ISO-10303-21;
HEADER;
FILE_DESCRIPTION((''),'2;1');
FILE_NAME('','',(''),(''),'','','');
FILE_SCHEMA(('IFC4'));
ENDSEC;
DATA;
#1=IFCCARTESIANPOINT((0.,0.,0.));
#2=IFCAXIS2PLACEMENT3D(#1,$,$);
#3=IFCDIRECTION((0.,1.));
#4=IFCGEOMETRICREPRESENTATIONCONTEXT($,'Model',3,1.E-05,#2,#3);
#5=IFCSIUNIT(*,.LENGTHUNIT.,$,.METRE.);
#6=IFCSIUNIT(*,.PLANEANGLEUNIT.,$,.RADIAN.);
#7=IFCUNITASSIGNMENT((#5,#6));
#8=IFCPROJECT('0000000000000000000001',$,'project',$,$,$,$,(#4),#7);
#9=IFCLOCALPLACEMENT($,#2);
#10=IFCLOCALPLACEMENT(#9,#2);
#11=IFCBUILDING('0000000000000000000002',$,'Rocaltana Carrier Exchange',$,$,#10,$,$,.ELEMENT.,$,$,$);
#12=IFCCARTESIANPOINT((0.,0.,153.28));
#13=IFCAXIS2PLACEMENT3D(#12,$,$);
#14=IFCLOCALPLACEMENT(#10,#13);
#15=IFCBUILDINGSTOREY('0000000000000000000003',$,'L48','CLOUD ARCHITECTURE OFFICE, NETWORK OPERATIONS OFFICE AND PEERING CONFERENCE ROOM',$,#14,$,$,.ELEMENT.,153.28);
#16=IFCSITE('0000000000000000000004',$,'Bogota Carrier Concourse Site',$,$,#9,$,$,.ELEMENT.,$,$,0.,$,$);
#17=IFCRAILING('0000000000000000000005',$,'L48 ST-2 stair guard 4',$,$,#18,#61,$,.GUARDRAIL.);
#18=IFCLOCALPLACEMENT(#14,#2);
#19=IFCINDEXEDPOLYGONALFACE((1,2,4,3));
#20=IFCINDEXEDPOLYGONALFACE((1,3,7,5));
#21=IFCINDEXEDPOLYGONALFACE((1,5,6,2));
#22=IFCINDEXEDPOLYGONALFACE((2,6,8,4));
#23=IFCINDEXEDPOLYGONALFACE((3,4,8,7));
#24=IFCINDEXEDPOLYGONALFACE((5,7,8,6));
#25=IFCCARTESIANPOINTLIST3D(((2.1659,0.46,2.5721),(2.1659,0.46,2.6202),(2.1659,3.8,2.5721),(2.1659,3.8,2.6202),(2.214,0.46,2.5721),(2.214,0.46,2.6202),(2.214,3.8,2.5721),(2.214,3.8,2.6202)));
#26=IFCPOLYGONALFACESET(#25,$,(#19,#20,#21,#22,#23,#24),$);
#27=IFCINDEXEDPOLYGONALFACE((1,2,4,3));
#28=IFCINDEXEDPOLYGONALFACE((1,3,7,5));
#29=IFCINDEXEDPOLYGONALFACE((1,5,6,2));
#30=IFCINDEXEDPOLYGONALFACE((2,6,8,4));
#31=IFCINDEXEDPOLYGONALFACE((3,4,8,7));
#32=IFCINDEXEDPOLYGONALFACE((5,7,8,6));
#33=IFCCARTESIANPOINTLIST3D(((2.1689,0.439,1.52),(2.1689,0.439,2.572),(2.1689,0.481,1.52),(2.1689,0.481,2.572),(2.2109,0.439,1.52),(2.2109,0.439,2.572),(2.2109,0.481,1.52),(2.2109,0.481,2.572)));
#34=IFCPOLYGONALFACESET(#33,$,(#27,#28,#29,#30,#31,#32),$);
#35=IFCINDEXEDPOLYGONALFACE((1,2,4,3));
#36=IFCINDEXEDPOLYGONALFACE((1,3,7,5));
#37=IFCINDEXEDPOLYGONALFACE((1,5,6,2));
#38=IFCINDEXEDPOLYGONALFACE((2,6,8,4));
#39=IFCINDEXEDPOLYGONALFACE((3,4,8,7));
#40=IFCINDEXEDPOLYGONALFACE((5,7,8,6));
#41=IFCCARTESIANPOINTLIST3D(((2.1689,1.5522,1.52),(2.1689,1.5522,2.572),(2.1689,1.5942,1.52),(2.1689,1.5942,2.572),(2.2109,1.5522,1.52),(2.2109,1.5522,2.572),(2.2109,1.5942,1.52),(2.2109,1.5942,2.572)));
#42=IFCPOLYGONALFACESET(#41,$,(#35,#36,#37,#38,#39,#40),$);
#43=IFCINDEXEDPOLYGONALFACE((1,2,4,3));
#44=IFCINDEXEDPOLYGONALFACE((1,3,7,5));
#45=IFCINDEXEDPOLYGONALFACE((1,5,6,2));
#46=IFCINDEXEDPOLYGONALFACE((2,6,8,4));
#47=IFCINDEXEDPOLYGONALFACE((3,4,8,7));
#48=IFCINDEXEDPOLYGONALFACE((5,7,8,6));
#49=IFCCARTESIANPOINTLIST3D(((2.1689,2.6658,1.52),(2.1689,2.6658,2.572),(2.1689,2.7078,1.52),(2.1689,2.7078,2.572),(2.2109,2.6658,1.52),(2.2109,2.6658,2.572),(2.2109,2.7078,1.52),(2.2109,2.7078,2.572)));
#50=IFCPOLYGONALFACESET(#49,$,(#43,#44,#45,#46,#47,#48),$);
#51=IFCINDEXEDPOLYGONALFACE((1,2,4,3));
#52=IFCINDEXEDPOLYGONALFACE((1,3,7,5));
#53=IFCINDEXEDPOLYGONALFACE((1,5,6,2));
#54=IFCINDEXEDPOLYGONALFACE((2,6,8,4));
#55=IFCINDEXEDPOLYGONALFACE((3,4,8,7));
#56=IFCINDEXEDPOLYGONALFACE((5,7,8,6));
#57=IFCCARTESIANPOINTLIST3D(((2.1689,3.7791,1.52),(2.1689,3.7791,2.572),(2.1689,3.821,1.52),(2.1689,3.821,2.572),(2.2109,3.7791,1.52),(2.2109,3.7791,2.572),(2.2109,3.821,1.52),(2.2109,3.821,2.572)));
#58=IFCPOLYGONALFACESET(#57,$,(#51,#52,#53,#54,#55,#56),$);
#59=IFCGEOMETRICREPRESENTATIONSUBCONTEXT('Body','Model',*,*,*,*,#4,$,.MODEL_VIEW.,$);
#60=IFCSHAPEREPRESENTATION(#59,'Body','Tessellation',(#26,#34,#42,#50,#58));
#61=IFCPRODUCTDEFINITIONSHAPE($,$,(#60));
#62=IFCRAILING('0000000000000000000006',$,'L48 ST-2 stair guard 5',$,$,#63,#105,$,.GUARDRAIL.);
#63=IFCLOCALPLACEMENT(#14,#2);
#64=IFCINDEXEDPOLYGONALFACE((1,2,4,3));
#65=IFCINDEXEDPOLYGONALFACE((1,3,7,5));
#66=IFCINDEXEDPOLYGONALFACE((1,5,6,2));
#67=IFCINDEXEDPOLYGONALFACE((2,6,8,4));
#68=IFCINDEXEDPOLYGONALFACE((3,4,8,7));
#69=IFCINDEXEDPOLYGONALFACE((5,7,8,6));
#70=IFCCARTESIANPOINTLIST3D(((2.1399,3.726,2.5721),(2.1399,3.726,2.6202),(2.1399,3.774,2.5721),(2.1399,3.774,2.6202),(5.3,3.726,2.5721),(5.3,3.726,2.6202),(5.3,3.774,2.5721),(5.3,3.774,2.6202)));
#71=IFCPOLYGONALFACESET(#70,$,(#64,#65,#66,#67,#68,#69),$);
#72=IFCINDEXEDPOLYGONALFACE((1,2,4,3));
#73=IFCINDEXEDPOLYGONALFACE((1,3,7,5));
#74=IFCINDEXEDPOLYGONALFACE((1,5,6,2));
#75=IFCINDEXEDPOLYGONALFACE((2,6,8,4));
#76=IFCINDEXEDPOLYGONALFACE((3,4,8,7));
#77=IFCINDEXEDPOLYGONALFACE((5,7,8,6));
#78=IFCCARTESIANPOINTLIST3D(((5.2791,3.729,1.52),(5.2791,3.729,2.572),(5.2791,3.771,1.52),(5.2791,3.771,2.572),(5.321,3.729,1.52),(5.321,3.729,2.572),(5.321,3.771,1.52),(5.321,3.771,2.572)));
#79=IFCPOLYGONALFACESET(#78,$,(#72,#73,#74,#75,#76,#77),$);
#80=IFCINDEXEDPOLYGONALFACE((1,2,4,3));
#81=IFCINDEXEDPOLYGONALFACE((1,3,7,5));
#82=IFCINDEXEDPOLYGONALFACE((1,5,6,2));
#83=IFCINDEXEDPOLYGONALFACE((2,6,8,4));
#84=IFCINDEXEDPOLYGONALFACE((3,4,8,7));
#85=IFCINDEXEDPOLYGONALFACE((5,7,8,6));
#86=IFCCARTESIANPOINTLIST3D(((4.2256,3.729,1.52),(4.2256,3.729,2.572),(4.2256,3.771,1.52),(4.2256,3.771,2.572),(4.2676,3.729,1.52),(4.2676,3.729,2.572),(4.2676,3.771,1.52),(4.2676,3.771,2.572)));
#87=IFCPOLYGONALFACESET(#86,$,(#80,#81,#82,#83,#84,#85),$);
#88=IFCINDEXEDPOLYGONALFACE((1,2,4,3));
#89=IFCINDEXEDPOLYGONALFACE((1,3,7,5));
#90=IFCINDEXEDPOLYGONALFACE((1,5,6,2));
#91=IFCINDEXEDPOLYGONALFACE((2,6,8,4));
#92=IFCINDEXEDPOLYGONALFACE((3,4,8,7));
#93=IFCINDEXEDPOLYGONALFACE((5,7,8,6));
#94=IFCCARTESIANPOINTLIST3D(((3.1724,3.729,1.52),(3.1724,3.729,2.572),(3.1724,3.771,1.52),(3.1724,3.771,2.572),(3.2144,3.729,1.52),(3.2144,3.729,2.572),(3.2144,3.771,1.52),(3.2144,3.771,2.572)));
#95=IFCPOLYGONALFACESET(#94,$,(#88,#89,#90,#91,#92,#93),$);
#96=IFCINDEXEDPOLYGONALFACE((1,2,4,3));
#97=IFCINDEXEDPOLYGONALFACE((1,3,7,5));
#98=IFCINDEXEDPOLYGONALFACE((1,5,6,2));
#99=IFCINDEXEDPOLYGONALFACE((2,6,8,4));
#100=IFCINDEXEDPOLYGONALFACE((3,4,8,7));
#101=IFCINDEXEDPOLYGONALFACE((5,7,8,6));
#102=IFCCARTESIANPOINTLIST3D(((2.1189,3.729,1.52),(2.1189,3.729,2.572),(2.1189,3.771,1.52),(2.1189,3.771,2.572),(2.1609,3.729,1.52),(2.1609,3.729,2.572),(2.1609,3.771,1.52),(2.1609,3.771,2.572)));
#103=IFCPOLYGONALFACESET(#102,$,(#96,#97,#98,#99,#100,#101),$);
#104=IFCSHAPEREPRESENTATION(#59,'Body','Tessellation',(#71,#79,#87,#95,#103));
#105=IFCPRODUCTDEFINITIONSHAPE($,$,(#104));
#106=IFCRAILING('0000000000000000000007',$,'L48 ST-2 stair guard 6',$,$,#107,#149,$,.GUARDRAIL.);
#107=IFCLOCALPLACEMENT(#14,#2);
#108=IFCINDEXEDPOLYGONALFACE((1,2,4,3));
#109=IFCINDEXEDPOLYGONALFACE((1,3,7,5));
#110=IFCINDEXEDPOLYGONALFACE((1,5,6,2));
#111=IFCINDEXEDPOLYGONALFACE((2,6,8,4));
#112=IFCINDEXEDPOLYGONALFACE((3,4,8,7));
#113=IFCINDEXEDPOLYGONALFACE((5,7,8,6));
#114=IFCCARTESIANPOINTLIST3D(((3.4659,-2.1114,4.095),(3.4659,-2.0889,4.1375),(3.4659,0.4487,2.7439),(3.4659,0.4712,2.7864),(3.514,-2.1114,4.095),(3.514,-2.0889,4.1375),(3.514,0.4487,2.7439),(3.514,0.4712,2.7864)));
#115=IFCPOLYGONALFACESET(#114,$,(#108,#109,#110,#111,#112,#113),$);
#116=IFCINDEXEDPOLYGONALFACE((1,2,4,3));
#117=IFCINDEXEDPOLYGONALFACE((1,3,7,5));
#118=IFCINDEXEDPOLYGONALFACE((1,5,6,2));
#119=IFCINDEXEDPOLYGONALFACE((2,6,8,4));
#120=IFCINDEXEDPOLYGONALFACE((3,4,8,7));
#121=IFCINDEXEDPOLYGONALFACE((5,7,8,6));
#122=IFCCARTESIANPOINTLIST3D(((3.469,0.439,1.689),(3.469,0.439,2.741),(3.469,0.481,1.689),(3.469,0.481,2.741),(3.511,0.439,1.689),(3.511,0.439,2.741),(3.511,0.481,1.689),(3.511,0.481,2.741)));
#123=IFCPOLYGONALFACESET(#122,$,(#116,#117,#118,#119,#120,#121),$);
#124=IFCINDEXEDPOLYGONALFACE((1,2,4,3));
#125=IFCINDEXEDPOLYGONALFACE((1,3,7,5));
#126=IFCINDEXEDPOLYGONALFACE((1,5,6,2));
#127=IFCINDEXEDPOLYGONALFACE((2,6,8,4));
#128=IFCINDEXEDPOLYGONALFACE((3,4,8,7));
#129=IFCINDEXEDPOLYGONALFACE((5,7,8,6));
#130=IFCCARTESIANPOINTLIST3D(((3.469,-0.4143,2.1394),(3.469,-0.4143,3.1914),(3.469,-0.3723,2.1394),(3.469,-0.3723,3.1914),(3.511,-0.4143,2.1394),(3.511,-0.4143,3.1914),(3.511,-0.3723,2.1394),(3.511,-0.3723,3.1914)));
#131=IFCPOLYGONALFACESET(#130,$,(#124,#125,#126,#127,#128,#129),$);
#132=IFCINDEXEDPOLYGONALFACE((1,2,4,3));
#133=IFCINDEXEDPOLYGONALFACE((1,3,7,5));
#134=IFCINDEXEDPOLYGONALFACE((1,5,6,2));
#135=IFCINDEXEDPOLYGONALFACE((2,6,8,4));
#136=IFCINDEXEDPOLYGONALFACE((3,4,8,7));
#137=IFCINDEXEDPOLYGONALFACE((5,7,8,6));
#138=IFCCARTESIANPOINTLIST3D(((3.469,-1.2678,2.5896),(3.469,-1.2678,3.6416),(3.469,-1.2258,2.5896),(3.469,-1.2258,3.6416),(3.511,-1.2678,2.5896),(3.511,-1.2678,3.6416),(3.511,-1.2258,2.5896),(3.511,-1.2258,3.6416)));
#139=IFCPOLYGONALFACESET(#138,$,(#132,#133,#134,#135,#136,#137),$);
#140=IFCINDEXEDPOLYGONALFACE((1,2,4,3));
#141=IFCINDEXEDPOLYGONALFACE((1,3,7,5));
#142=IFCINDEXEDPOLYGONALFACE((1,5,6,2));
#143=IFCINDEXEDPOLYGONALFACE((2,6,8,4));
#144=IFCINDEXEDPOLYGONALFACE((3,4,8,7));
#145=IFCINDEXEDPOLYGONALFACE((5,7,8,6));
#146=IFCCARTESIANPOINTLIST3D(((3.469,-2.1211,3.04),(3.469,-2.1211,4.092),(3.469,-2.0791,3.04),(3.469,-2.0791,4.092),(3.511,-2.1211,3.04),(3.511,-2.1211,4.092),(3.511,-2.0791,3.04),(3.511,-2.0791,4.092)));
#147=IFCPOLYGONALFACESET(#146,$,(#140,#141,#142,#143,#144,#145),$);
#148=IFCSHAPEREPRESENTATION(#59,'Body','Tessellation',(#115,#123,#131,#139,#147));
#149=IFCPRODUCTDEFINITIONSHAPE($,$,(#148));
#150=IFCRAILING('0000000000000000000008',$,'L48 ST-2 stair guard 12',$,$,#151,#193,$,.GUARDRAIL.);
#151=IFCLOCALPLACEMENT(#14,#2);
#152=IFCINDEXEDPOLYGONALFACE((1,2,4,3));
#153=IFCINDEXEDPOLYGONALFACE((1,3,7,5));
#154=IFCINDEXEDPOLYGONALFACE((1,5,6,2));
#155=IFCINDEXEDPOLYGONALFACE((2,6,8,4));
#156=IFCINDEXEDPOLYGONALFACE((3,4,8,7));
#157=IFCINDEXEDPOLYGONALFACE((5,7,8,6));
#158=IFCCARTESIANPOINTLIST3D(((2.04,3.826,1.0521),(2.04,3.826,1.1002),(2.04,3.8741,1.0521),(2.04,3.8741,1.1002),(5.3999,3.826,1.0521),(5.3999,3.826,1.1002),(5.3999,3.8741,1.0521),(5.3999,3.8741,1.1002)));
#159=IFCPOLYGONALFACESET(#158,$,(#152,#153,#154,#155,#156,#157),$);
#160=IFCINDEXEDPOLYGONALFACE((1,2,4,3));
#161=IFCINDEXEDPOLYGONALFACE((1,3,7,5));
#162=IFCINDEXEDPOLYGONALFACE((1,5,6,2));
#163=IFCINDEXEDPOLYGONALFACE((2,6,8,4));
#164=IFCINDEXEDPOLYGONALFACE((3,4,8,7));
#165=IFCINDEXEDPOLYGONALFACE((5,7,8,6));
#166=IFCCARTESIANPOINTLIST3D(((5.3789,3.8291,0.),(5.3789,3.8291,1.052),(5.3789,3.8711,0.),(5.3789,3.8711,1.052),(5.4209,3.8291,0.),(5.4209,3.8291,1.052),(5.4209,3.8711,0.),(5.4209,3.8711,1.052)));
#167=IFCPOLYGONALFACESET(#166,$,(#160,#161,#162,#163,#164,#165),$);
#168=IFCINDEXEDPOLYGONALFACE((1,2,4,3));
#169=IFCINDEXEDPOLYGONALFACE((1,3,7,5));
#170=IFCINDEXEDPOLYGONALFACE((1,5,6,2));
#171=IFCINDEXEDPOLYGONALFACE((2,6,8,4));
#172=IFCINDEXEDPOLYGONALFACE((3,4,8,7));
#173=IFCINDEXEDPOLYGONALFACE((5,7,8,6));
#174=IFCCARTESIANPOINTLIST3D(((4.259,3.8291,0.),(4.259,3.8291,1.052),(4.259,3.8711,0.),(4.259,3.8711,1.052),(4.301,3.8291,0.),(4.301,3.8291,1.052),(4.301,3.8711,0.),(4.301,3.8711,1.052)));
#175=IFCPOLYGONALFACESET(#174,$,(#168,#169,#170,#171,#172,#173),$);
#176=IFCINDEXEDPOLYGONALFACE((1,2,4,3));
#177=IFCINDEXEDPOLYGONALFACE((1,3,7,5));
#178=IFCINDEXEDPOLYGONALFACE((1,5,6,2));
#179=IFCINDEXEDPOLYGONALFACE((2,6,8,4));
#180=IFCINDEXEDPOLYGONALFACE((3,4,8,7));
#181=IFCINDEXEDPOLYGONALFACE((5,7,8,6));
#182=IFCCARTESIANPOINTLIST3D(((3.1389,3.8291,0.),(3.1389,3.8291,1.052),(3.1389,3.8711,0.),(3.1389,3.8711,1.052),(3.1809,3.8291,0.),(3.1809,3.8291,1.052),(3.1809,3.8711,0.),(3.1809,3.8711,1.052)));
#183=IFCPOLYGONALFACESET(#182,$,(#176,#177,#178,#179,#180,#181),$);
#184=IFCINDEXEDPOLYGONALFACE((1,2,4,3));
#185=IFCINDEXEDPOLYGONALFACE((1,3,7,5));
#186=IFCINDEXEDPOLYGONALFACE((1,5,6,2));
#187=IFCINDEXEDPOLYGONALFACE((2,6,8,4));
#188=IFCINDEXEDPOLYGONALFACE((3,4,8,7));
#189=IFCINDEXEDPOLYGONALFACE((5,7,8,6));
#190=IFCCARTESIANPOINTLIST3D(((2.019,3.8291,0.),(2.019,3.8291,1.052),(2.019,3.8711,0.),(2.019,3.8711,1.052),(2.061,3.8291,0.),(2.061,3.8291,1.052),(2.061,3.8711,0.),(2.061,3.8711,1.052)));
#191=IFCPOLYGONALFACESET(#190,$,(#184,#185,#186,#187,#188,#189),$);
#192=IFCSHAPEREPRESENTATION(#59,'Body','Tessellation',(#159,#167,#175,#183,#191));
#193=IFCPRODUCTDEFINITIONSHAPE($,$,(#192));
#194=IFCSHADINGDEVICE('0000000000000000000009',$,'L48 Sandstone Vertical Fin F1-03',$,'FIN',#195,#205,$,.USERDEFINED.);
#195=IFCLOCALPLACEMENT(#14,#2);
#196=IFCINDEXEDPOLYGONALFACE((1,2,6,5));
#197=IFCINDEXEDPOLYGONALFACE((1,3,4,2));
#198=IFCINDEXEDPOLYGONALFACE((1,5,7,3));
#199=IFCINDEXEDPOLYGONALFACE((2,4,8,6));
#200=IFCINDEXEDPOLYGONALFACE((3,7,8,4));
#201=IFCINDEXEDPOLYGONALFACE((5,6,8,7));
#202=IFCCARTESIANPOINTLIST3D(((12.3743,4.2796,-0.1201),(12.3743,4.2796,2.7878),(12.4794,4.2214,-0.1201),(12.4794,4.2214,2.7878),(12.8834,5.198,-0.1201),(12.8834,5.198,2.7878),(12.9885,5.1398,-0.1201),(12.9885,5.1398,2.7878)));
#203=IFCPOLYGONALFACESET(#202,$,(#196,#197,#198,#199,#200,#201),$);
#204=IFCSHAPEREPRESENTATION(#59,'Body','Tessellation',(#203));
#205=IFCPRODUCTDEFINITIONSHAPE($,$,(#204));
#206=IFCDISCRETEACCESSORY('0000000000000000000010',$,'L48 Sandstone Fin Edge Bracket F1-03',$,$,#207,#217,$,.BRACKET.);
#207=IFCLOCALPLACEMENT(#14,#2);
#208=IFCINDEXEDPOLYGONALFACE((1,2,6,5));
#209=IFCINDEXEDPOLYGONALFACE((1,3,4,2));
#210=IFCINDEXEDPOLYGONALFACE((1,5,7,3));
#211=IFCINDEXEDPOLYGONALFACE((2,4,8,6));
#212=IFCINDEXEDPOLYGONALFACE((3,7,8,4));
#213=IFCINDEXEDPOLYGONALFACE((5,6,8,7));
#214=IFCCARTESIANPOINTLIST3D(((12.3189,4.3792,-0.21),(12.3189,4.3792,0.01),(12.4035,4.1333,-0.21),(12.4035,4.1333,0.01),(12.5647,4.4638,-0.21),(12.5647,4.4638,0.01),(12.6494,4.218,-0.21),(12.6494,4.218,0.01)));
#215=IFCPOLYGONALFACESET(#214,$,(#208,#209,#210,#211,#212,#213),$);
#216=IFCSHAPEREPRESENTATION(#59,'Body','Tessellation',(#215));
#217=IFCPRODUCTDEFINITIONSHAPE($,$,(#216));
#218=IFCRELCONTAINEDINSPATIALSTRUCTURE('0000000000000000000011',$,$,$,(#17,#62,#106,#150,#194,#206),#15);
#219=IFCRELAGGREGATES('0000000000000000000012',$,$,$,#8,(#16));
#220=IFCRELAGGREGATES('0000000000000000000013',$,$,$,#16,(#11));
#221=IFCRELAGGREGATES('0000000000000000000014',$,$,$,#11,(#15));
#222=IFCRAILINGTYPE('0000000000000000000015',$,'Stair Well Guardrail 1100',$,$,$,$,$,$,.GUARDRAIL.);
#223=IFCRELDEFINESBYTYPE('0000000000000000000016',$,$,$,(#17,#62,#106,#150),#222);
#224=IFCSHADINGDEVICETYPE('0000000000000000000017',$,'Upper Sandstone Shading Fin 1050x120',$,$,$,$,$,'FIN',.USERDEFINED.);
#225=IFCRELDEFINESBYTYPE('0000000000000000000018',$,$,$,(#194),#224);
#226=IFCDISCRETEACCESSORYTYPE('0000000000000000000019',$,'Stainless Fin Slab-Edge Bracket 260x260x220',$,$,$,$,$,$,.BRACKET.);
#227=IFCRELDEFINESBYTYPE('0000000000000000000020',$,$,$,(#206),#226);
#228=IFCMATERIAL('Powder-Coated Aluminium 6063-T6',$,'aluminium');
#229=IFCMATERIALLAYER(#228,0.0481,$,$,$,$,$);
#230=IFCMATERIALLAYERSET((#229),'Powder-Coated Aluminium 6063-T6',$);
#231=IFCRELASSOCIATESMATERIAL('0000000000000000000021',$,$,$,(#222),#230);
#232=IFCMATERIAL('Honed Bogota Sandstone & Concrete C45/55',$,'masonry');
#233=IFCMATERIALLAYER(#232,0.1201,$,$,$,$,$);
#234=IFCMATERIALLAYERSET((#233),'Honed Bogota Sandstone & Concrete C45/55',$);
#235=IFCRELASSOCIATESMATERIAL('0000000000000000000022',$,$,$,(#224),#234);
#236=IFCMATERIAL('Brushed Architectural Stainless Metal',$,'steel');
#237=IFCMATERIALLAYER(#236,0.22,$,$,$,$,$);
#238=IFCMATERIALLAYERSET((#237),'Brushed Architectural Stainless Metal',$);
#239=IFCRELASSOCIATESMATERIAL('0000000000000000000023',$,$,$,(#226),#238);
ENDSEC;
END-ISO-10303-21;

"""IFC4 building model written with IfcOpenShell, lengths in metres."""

from ifc_helpers import new_model, si_unit, direction, frame, origin, origin_2d, place, context, subcontext, project, spatial, rectangle, extrude, material, layer, layer_set, type_object, element, save


model = new_model("IFC4")

# Units and contexts
model_context = context("Model", 3, precision=1e-05, world=origin(), true_north=direction((0.0, 1.0)))
body_context = subcontext(model_context, "Body", "Model", "MODEL_VIEW")
ifc_project = project(units=[si_unit("LENGTHUNIT", "METRE"), si_unit("PLANEANGLEUNIT", "RADIAN")], contexts=[model_context])

# Site, building, storey
site_placement = place(None, origin())
site = spatial("IfcSite", under=ifc_project, at=site_placement, Name="Bogota Carrier Concourse Site", CompositionType="ELEMENT", RefElevation=0.0)
building_placement = place(site_placement, origin())
building = spatial("IfcBuilding", under=site, at=building_placement, Name="Rocaltana Carrier Exchange", CompositionType="ELEMENT")
storey_placement = place(building_placement, frame((0.0, 0.0, 153.28)))
storey = spatial("IfcBuildingStorey", under=building, at=storey_placement, Name="L48", Description="CLOUD ARCHITECTURE OFFICE, NETWORK OPERATIONS OFFICE AND PEERING CONFERENCE ROOM", CompositionType="ELEMENT", Elevation=153.28)

# Railings
ifc_material_1 = material(Name="Powder-Coated Aluminium 6063-T6", Category="aluminium")
ifc_layer_1 = layer(ifc_material_1, 0.0481)
ifc_layer_set_1 = layer_set([ifc_layer_1], Name="Powder-Coated Aluminium 6063-T6")
railing_type_1 = type_object("IfcRailingType", Name="Stair Well Guardrail 1100", PredefinedType="GUARDRAIL", material=ifc_layer_set_1)
for number, where, name in (
    (1, (2.1899, 0.46, 1.52), "L48 ST-2 stair guard 4"),
):
    element("IfcRailing", number, at=place(storey_placement, frame(where)), inside=storey, type_object=railing_type_1, Name=name, PredefinedType="GUARDRAIL", context=body_context, shape_type="SweptSolid", body=[
        extrude(rectangle(XDim=0.0481, YDim=0.0481, at=origin_2d()), frame((0.0, 0.0, 1.0762), z_axis=(0.0, 1.0, 0.0), x_axis=(-1.0, 0.0, 0.0)), (0.0, 0.0, 1.0), 3.3401),
        extrude(rectangle(XDim=0.042, YDim=0.042, at=origin_2d()), origin(), (0.0, 0.0, 1.0), 1.052),
        extrude(rectangle(XDim=0.042, YDim=0.042, at=origin_2d()), frame((0.0, 1.1133, 0.0)), (0.0, 0.0, 1.0), 1.052),
        extrude(rectangle(XDim=0.042, YDim=0.042, at=origin_2d()), frame((0.0, 2.2268, 0.0)), (0.0, 0.0, 1.0), 1.052),
        extrude(rectangle(XDim=0.042, YDim=0.042, at=origin_2d()), frame((0.0, 3.3401, 0.0)), (0.0, 0.0, 1.0), 1.052),
    ])
railing_1_placement = place(storey_placement, frame((5.3, 3.75, 1.52)))
element("IfcRailing", 2, at=railing_1_placement, inside=storey, type_object=railing_type_1, Name="L48 ST-2 stair guard 5", PredefinedType="GUARDRAIL", context=body_context, shape_type="SweptSolid", body=[
    extrude(rectangle(XDim=0.0481, YDim=0.0481, at=origin_2d()), frame((0.0, 0.0, 1.0762), z_axis=(-1.0, 0.0, 0.0), x_axis=(0.0, -1.0, 0.0)), (0.0, 0.0, 1.0), 3.1602),
    extrude(rectangle(XDim=0.042, YDim=0.042, at=origin_2d()), origin(), (0.0, 0.0, 1.0), 1.052),
    extrude(rectangle(XDim=0.042, YDim=0.042, at=origin_2d()), frame((-1.0535, 0.0, 0.0)), (0.0, 0.0, 1.0), 1.052),
    extrude(rectangle(XDim=0.042, YDim=0.042, at=origin_2d()), frame((-2.1067, 0.0, 0.0)), (0.0, 0.0, 1.0), 1.052),
    extrude(rectangle(XDim=0.042, YDim=0.042, at=origin_2d()), frame((-3.1602, 0.0, 0.0)), (0.0, 0.0, 1.0), 1.052),
])
railing_2_placement = place(storey_placement, frame((3.49, 0.46, 1.689)))
element("IfcRailing", 3, at=railing_2_placement, inside=storey, type_object=railing_type_1, Name="L48 ST-2 stair guard 6", PredefinedType="GUARDRAIL", context=body_context, shape_type="SweptSolid", body=[
    extrude(rectangle(XDim=0.0481, YDim=0.0481, at=origin_2d()), frame((0.0, 0.0, 1.0762), z_axis=(0.0, -0.884394, 0.46674), x_axis=(1.0, 0.0, 0.0)), (0.0, 0.0, 1.0), 2.8948),
    extrude(rectangle(XDim=0.042, YDim=0.042, at=origin_2d()), origin(), (0.0, 0.0, 1.0), 1.052),
    extrude(rectangle(XDim=0.042, YDim=0.042, at=origin_2d()), frame((0.0, -0.8533, 0.4504)), (0.0, 0.0, 1.0), 1.052),
    extrude(rectangle(XDim=0.042, YDim=0.042, at=origin_2d()), frame((0.0, -1.7068, 0.9006)), (0.0, 0.0, 1.0), 1.052),
    extrude(rectangle(XDim=0.042, YDim=0.042, at=origin_2d()), frame((0.0, -2.5601, 1.3511)), (0.0, 0.0, 1.0), 1.052),
])
railing_3_placement = place(storey_placement, frame((5.3999, 3.8501, 0.0)))
element("IfcRailing", 4, at=railing_3_placement, inside=storey, type_object=railing_type_1, Name="L48 ST-2 stair guard 12", PredefinedType="GUARDRAIL", context=body_context, shape_type="SweptSolid", body=[
    extrude(rectangle(XDim=0.0481, YDim=0.0481, at=origin_2d()), frame((0.0, 0.0, 1.0762), z_axis=(-1.0, 0.0, 0.0), x_axis=(0.0, -1.0, 0.0)), (0.0, 0.0, 1.0), 3.3599),
    extrude(rectangle(XDim=0.042, YDim=0.042, at=origin_2d()), origin(), (0.0, 0.0, 1.0), 1.052),
    extrude(rectangle(XDim=0.042, YDim=0.042, at=origin_2d()), frame((-1.1199, 0.0, 0.0)), (0.0, 0.0, 1.0), 1.052),
    extrude(rectangle(XDim=0.042, YDim=0.042, at=origin_2d()), frame((-2.24, 0.0, 0.0)), (0.0, 0.0, 1.0), 1.052),
    extrude(rectangle(XDim=0.042, YDim=0.042, at=origin_2d()), frame((-3.3599, 0.0, 0.0)), (0.0, 0.0, 1.0), 1.052),
])

# Shading device
ifc_material_2 = material(Name="Honed Bogota Sandstone & Concrete C45/55", Category="masonry")
ifc_layer_2 = layer(ifc_material_2, 0.1201)
ifc_layer_set_2 = layer_set([ifc_layer_2], Name="Honed Bogota Sandstone & Concrete C45/55")
shading_device_type = type_object("IfcShadingDeviceType", Name="Upper Sandstone Shading Fin 1050x120", ElementType="FIN", PredefinedType="USERDEFINED", material=ifc_layer_set_2)
shading_device_placement = place(storey_placement, frame((12.6814, 4.7097, -0.1201), z_axis=(0.0, 0.0, 1.0), x_axis=(0.48481, 0.87462, 0.0)))
element("IfcShadingDevice", 5, at=shading_device_placement, inside=storey, type_object=shading_device_type, Name="L48 Sandstone Vertical Fin F1-03", ObjectType="FIN", PredefinedType="USERDEFINED", context=body_context, shape_type="SweptSolid", body=[
    extrude(rectangle(XDim=1.05, YDim=0.1201, at=origin_2d()), origin(), (0.0, 0.0, 1.0), 2.908),
])

# Discrete accessory
ifc_material_3 = material(Name="Brushed Architectural Stainless Metal", Category="steel")
ifc_layer_3 = layer(ifc_material_3, 0.22)
ifc_layer_set_3 = layer_set([ifc_layer_3], Name="Brushed Architectural Stainless Metal")
discrete_accessory_type = type_object("IfcDiscreteAccessoryType", Name="Stainless Fin Slab-Edge Bracket 260x260x220", PredefinedType="BRACKET", material=ifc_layer_set_3)
discrete_accessory_placement = place(storey_placement, frame((12.4841, 4.2986, -0.21), z_axis=(0.0, 0.0, 1.0), x_axis=(-0.325568, 0.945519, 0.0)))
element("IfcDiscreteAccessory", 6, at=discrete_accessory_placement, inside=storey, type_object=discrete_accessory_type, Name="L48 Sandstone Fin Edge Bracket F1-03", PredefinedType="BRACKET", context=body_context, shape_type="SweptSolid", body=[
    extrude(rectangle(XDim=0.26, YDim=0.26, at=origin_2d()), origin(), (0.0, 0.0, 1.0), 0.22),
])

save(model, "model.ifc")
